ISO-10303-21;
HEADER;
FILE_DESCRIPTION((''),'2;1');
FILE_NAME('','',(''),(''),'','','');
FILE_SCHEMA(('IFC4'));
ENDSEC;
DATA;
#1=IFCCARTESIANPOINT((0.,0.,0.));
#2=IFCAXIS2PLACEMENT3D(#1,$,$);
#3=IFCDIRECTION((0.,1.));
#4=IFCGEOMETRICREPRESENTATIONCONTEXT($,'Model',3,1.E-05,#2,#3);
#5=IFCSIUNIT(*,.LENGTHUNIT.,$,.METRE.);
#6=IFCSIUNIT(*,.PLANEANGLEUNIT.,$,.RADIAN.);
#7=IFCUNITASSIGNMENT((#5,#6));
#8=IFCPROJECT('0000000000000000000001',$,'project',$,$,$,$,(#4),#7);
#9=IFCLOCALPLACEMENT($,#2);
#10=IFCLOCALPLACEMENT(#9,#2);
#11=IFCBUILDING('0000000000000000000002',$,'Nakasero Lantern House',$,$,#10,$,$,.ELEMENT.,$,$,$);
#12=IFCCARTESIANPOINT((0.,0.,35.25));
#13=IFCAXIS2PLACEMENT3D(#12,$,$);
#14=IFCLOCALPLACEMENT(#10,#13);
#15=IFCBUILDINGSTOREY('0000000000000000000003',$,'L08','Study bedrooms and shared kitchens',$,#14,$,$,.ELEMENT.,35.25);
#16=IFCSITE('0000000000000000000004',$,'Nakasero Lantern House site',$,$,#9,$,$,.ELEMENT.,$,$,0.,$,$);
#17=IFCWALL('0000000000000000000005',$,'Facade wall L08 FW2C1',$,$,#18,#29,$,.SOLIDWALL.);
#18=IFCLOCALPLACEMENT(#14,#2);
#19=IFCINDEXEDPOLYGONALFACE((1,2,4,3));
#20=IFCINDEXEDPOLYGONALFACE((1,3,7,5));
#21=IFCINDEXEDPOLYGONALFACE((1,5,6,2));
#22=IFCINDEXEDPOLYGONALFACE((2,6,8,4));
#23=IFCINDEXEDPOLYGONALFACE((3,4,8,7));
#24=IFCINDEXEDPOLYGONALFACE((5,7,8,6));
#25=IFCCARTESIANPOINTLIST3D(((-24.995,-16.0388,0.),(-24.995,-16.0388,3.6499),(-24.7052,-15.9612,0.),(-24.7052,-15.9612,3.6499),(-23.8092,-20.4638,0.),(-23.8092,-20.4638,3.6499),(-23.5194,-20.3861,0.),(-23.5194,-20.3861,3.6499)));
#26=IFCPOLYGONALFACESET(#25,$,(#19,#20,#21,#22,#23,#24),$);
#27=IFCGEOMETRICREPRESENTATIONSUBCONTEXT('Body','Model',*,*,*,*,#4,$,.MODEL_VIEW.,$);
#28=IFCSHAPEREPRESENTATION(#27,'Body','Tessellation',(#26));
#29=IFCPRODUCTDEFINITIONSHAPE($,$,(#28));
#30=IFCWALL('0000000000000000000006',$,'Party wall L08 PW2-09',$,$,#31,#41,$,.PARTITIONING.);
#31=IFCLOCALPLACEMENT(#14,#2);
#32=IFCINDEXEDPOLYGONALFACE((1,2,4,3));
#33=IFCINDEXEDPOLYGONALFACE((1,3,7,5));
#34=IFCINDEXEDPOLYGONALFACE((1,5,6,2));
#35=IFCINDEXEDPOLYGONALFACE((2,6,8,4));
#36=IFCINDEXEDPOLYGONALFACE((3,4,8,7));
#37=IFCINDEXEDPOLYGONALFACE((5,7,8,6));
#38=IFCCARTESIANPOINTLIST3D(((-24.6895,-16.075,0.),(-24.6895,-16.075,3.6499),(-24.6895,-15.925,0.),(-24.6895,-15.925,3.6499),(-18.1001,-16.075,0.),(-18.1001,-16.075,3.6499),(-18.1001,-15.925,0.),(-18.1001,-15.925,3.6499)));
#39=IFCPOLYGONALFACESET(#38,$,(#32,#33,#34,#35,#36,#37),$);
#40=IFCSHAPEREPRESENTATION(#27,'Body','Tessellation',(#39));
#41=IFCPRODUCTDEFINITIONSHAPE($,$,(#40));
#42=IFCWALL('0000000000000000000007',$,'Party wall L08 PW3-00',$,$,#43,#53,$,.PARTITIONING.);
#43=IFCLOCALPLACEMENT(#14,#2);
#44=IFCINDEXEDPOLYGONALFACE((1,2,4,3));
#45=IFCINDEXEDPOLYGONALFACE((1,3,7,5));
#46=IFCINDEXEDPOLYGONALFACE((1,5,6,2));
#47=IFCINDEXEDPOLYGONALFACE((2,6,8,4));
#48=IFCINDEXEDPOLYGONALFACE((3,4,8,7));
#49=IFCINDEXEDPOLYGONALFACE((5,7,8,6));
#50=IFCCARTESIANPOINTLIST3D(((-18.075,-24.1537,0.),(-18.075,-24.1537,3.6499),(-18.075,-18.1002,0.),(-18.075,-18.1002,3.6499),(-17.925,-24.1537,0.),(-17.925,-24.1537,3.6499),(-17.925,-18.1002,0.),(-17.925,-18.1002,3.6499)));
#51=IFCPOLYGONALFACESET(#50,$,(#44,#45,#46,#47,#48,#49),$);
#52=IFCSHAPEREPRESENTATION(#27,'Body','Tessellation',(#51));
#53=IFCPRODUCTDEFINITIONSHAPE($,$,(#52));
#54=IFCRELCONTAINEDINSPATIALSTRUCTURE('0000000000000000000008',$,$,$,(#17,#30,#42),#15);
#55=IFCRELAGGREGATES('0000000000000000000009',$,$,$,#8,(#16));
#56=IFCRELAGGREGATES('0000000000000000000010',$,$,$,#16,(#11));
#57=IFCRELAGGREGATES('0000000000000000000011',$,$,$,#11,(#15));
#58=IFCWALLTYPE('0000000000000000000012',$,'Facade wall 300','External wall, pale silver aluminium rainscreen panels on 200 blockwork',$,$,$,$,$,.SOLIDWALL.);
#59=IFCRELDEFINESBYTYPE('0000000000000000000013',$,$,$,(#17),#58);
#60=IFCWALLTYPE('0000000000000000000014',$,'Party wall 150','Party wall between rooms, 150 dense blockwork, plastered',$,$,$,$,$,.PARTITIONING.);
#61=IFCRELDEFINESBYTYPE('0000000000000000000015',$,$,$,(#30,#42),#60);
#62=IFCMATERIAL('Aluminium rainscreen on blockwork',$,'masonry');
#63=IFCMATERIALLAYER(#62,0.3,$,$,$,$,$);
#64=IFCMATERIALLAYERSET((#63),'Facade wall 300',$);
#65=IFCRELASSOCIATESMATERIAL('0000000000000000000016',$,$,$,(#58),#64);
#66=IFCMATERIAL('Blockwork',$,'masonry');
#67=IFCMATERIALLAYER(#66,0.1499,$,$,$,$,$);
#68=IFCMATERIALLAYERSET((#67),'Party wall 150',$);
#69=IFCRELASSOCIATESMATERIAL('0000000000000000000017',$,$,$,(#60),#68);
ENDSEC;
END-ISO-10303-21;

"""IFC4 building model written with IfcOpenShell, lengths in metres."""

from ifc_helpers import new_model, si_unit, direction, frame, frame_2d, origin, place, context, subcontext, project, spatial, rectangle, extrude, material, layer, layer_set, type_object, element, save


model = new_model("IFC4")

# Units and contexts
model_context = context("Model", 3, precision=1e-05, world=origin(), true_north=direction((0.0, 1.0)))
body_context = subcontext(model_context, "Body", "Model", "MODEL_VIEW")
ifc_project = project(units=[si_unit("LENGTHUNIT", "METRE"), si_unit("PLANEANGLEUNIT", "RADIAN")], contexts=[model_context])

# Site, building, storey
site_placement = place(None, origin())
site = spatial("IfcSite", under=ifc_project, at=site_placement, Name="Nakasero Lantern House site", CompositionType="ELEMENT", RefElevation=0.0)
building_placement = place(site_placement, origin())
building = spatial("IfcBuilding", under=site, at=building_placement, Name="Nakasero Lantern House", CompositionType="ELEMENT")
storey_placement = place(building_placement, frame((0.0, 0.0, 35.25)))
storey = spatial("IfcBuildingStorey", under=building, at=storey_placement, Name="L08", Description="Study bedrooms and shared kitchens", CompositionType="ELEMENT", Elevation=35.25)

# Walls
ifc_material_1 = material(Name="Aluminium rainscreen on blockwork", Category="masonry")
ifc_layer_1 = layer(ifc_material_1, 0.3)
ifc_layer_set_1 = layer_set([ifc_layer_1], Name="Facade wall 300")
wall_type_1 = type_object("IfcWallType", Name="Facade wall 300", Description="External wall, pale silver aluminium rainscreen panels on 200 blockwork", PredefinedType="SOLIDWALL", material=ifc_layer_set_1)
wall_1_placement = place(storey_placement, frame((-24.8501, -16.0, 0.0), z_axis=(0.0, 0.0, 1.0), x_axis=(0.25884, -0.96592, 0.0)))
element("IfcWall", 1, at=wall_1_placement, inside=storey, type_object=wall_type_1, Name="Facade wall L08 FW2C1", PredefinedType="SOLIDWALL", context=body_context, shape_type="SweptSolid", body=[
    extrude(rectangle(XDim=4.5811, YDim=0.3, at=frame_2d((2.2905, 0.0))), origin(), (0.0, 0.0, 1.0), 3.6499),
])
ifc_material_2 = material(Name="Blockwork", Category="masonry")
ifc_layer_2 = layer(ifc_material_2, 0.1499)
ifc_layer_set_2 = layer_set([ifc_layer_2], Name="Party wall 150")
wall_type_2 = type_object("IfcWallType", Name="Party wall 150", Description="Party wall between rooms, 150 dense blockwork, plastered", PredefinedType="PARTITIONING", material=ifc_layer_set_2)
wall_2_placement = place(storey_placement, frame((-18.1001, -16.0, 0.0), z_axis=(0.0, 0.0, 1.0), x_axis=(-1.0, 0.0, 0.0)))
element("IfcWall", 2, at=wall_2_placement, inside=storey, type_object=wall_type_2, Name="Party wall L08 PW2-09", PredefinedType="PARTITIONING", context=body_context, shape_type="SweptSolid", body=[
    extrude(rectangle(XDim=6.5894, YDim=0.1499, at=frame_2d((3.2947, 0.0))), origin(), (0.0, 0.0, 1.0), 3.6499),
])
wall_3_placement = place(storey_placement, frame((-18.0, -18.1001, 0.0), z_axis=(0.0, 0.0, 1.0), x_axis=(0.0, -1.0, 0.0)))
element("IfcWall", 3, at=wall_3_placement, inside=storey, type_object=wall_type_2, Name="Party wall L08 PW3-00", PredefinedType="PARTITIONING", context=body_context, shape_type="SweptSolid", body=[
    extrude(rectangle(XDim=6.0535, YDim=0.1499, at=frame_2d((3.0269, 0.0))), origin(), (0.0, 0.0, 1.0), 3.6499),
])

save(model, "model.ifc")
